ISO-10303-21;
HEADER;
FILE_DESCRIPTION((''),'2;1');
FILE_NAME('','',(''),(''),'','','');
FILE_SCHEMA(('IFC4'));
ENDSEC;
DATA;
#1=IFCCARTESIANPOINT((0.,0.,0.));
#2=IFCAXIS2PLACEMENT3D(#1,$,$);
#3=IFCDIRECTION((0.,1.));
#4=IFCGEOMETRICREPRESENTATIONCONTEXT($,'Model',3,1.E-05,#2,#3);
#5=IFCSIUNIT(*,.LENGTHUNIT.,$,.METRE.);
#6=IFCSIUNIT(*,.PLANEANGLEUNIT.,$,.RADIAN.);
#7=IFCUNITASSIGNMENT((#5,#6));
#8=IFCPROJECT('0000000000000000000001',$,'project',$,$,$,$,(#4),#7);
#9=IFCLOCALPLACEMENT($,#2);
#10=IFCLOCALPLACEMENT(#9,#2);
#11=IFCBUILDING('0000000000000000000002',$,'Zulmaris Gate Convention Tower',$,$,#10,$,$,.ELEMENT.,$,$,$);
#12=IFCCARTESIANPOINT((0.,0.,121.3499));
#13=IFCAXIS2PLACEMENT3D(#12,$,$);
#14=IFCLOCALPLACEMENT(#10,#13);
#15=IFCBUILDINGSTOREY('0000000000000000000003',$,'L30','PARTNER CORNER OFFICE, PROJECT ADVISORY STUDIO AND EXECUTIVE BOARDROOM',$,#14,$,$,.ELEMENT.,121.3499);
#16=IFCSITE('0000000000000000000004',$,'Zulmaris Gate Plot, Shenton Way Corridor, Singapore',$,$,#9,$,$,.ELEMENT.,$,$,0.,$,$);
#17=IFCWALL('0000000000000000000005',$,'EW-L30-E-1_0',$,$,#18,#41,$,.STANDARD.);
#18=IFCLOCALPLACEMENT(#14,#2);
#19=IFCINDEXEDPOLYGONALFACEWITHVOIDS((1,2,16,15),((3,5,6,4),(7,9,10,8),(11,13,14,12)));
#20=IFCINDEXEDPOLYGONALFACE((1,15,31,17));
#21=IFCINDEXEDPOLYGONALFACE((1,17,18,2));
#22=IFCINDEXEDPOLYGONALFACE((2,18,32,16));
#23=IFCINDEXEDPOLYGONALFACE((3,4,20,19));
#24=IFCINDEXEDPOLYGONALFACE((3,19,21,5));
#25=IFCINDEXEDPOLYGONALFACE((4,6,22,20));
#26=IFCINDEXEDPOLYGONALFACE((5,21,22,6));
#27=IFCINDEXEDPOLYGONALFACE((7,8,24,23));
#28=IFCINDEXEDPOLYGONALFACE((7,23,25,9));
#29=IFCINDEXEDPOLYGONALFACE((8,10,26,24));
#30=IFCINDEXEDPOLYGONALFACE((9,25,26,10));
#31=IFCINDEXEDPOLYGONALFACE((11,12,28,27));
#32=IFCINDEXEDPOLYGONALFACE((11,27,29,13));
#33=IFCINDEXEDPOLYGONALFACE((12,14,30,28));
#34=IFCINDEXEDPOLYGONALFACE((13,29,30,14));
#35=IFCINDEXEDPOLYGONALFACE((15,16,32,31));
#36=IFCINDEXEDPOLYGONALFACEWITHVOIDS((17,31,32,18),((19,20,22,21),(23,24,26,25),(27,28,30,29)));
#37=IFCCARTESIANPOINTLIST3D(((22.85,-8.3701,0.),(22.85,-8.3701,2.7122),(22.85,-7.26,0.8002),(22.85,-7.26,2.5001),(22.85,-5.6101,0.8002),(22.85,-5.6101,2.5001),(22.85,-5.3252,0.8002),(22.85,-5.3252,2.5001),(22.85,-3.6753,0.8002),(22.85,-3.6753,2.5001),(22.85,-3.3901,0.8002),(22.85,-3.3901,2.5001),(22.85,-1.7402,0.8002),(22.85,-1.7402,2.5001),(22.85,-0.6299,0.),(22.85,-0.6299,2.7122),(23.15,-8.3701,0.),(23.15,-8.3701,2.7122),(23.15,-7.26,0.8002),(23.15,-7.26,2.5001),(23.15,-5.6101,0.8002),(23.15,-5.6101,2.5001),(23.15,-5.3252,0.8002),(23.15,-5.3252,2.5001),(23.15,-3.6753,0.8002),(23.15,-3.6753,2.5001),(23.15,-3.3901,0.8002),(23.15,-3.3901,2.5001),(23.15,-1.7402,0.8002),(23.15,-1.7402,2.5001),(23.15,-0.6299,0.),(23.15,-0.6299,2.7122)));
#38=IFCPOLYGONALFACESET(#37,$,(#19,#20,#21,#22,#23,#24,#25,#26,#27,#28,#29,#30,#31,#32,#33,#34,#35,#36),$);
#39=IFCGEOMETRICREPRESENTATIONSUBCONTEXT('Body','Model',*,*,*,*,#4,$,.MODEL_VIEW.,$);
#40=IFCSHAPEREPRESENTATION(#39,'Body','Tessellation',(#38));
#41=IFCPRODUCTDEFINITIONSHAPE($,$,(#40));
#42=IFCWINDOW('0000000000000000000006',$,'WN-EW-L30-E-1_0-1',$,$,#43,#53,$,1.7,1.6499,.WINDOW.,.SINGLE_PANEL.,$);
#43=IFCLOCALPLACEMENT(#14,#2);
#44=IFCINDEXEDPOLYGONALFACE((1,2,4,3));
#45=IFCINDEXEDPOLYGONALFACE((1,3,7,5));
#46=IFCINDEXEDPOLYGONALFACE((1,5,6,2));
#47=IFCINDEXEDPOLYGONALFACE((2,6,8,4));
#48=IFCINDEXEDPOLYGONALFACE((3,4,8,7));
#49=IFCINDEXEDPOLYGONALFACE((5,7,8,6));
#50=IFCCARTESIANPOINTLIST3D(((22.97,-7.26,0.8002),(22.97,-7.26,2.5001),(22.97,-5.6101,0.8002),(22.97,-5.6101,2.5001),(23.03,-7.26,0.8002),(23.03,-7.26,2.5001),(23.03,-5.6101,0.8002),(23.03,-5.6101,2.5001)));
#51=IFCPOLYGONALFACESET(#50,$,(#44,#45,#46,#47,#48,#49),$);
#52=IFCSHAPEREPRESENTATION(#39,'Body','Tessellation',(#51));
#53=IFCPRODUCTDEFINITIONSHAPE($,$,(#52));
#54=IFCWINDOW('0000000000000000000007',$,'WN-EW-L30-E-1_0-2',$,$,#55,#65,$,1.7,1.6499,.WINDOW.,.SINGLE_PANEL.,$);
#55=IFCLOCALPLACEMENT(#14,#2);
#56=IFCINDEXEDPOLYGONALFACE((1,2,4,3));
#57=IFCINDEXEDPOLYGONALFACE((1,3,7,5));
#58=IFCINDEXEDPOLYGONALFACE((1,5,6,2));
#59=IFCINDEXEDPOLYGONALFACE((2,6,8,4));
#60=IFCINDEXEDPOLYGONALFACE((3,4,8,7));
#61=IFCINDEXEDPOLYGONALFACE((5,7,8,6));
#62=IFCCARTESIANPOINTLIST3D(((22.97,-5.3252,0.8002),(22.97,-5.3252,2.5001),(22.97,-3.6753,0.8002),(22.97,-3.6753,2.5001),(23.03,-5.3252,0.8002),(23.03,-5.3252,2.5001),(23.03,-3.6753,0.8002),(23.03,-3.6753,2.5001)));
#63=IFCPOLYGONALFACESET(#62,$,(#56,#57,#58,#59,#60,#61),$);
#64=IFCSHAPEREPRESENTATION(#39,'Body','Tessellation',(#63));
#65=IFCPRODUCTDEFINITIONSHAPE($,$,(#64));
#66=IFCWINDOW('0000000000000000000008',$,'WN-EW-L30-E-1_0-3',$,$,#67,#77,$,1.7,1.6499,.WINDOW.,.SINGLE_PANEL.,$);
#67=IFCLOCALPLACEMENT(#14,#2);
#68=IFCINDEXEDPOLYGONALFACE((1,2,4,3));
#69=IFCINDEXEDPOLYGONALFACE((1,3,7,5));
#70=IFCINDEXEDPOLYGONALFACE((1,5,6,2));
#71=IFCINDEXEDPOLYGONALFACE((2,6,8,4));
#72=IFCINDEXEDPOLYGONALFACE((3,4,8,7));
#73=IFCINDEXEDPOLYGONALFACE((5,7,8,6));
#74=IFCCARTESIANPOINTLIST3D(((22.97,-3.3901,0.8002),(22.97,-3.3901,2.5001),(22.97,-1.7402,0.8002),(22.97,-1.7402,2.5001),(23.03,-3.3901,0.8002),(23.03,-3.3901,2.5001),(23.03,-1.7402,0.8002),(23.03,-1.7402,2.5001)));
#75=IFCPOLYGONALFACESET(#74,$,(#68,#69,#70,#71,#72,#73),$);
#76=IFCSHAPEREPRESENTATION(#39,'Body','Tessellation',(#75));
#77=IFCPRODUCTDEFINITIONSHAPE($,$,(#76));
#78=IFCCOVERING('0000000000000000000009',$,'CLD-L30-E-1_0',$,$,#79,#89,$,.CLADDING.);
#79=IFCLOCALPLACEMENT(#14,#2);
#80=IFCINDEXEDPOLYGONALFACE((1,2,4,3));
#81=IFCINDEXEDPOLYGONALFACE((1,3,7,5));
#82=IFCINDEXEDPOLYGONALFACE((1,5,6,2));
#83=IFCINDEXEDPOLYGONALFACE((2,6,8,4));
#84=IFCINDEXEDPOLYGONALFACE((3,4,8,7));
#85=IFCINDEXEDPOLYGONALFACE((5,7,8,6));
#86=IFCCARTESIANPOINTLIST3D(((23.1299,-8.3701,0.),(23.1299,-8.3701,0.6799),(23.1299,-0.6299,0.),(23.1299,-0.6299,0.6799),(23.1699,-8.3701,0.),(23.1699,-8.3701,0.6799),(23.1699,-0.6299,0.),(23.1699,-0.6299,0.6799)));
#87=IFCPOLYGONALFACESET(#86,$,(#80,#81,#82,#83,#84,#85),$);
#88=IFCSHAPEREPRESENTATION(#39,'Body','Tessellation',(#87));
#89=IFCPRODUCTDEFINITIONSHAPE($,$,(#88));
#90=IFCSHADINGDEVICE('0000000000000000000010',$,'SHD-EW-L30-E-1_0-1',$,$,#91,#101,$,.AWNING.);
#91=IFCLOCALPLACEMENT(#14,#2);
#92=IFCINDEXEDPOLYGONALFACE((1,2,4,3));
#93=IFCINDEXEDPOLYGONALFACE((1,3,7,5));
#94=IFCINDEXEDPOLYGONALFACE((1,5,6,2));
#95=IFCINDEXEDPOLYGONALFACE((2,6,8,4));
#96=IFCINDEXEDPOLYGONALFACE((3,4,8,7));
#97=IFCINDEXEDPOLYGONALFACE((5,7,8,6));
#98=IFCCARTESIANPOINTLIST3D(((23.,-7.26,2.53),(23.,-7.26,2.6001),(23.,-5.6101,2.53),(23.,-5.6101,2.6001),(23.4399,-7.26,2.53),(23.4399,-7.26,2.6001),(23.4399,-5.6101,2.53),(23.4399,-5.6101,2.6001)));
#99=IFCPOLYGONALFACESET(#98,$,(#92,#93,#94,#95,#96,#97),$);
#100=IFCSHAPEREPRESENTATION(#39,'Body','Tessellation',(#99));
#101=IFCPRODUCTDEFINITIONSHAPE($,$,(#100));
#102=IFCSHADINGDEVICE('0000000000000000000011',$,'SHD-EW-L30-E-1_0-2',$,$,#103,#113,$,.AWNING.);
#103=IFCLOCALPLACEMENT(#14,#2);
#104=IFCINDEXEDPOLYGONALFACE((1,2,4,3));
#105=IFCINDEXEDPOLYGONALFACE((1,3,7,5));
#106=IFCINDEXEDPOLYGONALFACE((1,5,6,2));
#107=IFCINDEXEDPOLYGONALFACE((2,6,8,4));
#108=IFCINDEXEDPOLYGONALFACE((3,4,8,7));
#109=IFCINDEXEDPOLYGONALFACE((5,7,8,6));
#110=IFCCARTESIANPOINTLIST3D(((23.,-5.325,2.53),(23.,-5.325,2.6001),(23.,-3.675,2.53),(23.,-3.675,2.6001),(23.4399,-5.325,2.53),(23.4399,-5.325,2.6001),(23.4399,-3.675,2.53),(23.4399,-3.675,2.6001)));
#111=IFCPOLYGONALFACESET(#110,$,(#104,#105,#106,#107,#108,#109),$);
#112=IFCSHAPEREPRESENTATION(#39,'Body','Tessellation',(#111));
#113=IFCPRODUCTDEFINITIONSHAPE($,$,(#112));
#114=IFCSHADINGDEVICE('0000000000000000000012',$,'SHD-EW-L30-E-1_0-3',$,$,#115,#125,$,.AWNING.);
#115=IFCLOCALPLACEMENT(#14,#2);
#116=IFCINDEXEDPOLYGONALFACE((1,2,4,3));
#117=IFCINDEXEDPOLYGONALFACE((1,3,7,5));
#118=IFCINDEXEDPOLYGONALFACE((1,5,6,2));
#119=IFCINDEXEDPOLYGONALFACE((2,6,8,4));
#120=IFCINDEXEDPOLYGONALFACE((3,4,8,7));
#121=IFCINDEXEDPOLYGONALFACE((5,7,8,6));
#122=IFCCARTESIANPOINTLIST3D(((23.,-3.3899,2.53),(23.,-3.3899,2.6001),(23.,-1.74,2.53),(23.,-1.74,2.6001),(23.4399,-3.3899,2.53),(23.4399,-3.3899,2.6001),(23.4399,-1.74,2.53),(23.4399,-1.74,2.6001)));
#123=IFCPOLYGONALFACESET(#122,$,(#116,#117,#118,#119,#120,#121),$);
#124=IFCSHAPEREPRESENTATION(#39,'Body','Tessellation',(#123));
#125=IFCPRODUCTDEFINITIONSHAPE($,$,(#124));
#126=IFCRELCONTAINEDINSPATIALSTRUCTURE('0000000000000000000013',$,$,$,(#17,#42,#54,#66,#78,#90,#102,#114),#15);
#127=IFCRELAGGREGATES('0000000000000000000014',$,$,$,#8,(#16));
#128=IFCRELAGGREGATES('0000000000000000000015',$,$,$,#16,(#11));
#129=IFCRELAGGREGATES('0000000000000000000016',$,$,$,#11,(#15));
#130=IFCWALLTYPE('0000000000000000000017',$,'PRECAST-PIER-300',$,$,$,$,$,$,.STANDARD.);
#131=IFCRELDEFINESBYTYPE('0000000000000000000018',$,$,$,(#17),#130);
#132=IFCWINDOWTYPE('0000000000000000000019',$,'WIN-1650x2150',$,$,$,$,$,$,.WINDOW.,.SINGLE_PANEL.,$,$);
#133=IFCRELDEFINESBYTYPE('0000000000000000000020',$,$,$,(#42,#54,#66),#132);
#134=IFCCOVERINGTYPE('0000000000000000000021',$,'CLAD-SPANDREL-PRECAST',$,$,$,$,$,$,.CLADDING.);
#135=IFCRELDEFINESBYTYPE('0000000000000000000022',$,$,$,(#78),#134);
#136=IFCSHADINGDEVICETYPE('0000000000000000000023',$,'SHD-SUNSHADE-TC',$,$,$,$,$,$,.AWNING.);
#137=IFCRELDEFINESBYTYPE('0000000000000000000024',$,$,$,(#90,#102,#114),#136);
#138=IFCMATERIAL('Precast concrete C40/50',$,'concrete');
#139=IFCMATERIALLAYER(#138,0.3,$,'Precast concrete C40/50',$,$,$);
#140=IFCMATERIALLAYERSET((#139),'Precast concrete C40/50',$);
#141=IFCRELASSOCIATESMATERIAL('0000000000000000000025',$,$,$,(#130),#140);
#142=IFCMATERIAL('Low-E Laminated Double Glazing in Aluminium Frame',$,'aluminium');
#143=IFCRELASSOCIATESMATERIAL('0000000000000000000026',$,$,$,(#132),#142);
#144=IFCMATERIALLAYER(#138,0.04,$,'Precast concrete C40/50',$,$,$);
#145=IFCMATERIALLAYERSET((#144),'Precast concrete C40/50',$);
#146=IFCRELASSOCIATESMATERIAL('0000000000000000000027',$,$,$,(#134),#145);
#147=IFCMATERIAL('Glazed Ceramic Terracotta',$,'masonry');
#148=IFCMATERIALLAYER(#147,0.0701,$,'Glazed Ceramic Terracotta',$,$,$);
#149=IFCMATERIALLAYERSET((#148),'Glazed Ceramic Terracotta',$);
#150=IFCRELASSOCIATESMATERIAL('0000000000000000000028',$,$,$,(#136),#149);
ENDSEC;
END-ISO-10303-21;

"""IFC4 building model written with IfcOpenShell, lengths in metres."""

from ifc_helpers import new_model, si_unit, direction, frame, frame_2d, origin, place, context, subcontext, project, spatial, rectangle, extrude, material, layer, layer_set, type_object, element, fill, save


model = new_model("IFC4")

# Units and contexts
model_context = context("Model", 3, precision=1e-05, world=origin(), true_north=direction((0.0, 1.0)))
body_context = subcontext(model_context, "Body", "Model", "MODEL_VIEW")
ifc_project = project(units=[si_unit("LENGTHUNIT", "METRE"), si_unit("PLANEANGLEUNIT", "RADIAN")], contexts=[model_context])

# Site, building, storey
site_placement = place(None, origin())
site = spatial("IfcSite", under=ifc_project, at=site_placement, Name="Zulmaris Gate Plot, Shenton Way Corridor, Singapore", CompositionType="ELEMENT", RefElevation=0.0)
building_placement = place(site_placement, origin())
building = spatial("IfcBuilding", under=site, at=building_placement, Name="Zulmaris Gate Convention Tower", CompositionType="ELEMENT")
storey_placement = place(building_placement, frame((0.0, 0.0, 121.3499)))
storey = spatial("IfcBuildingStorey", under=building, at=storey_placement, Name="L30", Description="PARTNER CORNER OFFICE, PROJECT ADVISORY STUDIO AND EXECUTIVE BOARDROOM", CompositionType="ELEMENT", Elevation=121.3499)

# Wall, openings, windows
ifc_material_1 = material(Name="Precast concrete C40/50", Category="concrete")
ifc_layer_1 = layer(ifc_material_1, 0.3, Name="Precast concrete C40/50")
ifc_layer_set_1 = layer_set([ifc_layer_1], Name="Precast concrete C40/50")
wall_type_1 = type_object("IfcWallType", Name="PRECAST-PIER-300", PredefinedType="STANDARD", material=ifc_layer_set_1)
wall_1_placement = place(storey_placement, frame((23.0, -8.3701, 0.0), z_axis=(0.0, 0.0, 1.0), x_axis=(0.0, 1.0, 0.0)))
wall_1 = element("IfcWall", 1, at=wall_1_placement, inside=storey, type_object=wall_type_1, Name="EW-L30-E-1_0", PredefinedType="STANDARD", context=body_context, shape_type="SweptSolid", body=[
    extrude(rectangle(XDim=7.7402, YDim=0.3, at=frame_2d((3.8701, 0.0))), origin(), (0.0, 0.0, 1.0), 2.7122),
])
opening_1_placement = place(wall_1_placement, frame((1.1101, 0.0, 0.8)))
opening_1 = element("IfcOpeningElement", 2, at=opening_1_placement, cuts=wall_1, PredefinedType="OPENING", context=body_context, shape_type="SweptSolid", body=[
    extrude(rectangle(XDim=1.6499, YDim=1.7, at=frame_2d((0.825, 0.8501))), frame((0.0, 0.1602, 0.0), z_axis=(0.0, -1.0, 0.0), x_axis=(1.0, 0.0, 0.0)), (0.0, 0.0, 1.0), 0.3201),
])
opening_2_placement = place(wall_1_placement, frame((3.0449, 0.0, 0.8)))
opening_2 = element("IfcOpeningElement", 3, at=opening_2_placement, cuts=wall_1, PredefinedType="OPENING", context=body_context, shape_type="SweptSolid", body=[
    extrude(rectangle(XDim=1.6499, YDim=1.7, at=frame_2d((0.825, 0.8501))), frame((0.0, 0.1602, 0.0), z_axis=(0.0, -1.0, 0.0), x_axis=(1.0, 0.0, 0.0)), (0.0, 0.0, 1.0), 0.3201),
])
opening_3_placement = place(wall_1_placement, frame((4.98, 0.0, 0.8)))
opening_3 = element("IfcOpeningElement", 4, at=opening_3_placement, cuts=wall_1, PredefinedType="OPENING", context=body_context, shape_type="SweptSolid", body=[
    extrude(rectangle(XDim=1.6499, YDim=1.7, at=frame_2d((0.825, 0.8501))), frame((0.0, 0.1602, 0.0), z_axis=(0.0, -1.0, 0.0), x_axis=(1.0, 0.0, 0.0)), (0.0, 0.0, 1.0), 0.3201),
])
ifc_material_2 = material(Name="Low-E Laminated Double Glazing in Aluminium Frame", Category="aluminium")
window_type = type_object("IfcWindowType", Name="WIN-1650x2150", PartitioningType="SINGLE_PANEL", PredefinedType="WINDOW", material=ifc_material_2)
window_1_placement = place(opening_1_placement, origin())
window_1 = element("IfcWindow", 5, at=window_1_placement, inside=storey, type_object=window_type, Name="WN-EW-L30-E-1_0-1", OverallHeight=1.7, OverallWidth=1.6499, PartitioningType="SINGLE_PANEL", PredefinedType="WINDOW", context=body_context, shape_type="SweptSolid", body=[
    extrude(rectangle(XDim=1.6499, YDim=1.7, at=frame_2d((0.825, 0.8501))), frame((0.0, 0.03, 0.0), z_axis=(0.0, -1.0, 0.0), x_axis=(1.0, 0.0, 0.0)), (0.0, 0.0, 1.0), 0.0601),
])
fill(opening_1, window_1)
window_2_placement = place(opening_2_placement, origin())
window_2 = element("IfcWindow", 6, at=window_2_placement, inside=storey, type_object=window_type, Name="WN-EW-L30-E-1_0-2", OverallHeight=1.7, OverallWidth=1.6499, PartitioningType="SINGLE_PANEL", PredefinedType="WINDOW", context=body_context, shape_type="SweptSolid", body=[
    extrude(rectangle(XDim=1.6499, YDim=1.7, at=frame_2d((0.825, 0.8501))), frame((0.0, 0.03, 0.0), z_axis=(0.0, -1.0, 0.0), x_axis=(1.0, 0.0, 0.0)), (0.0, 0.0, 1.0), 0.0601),
])
fill(opening_2, window_2)
window_3_placement = place(opening_3_placement, origin())
window_3 = element("IfcWindow", 7, at=window_3_placement, inside=storey, type_object=window_type, Name="WN-EW-L30-E-1_0-3", OverallHeight=1.7, OverallWidth=1.6499, PartitioningType="SINGLE_PANEL", PredefinedType="WINDOW", context=body_context, shape_type="SweptSolid", body=[
    extrude(rectangle(XDim=1.6499, YDim=1.7, at=frame_2d((0.825, 0.8501))), frame((0.0, 0.03, 0.0), z_axis=(0.0, -1.0, 0.0), x_axis=(1.0, 0.0, 0.0)), (0.0, 0.0, 1.0), 0.0601),
])
fill(opening_3, window_3)

# Covering
ifc_layer_2 = layer(ifc_material_1, 0.04, Name="Precast concrete C40/50")
ifc_layer_set_2 = layer_set([ifc_layer_2], Name="Precast concrete C40/50")
covering_type = type_object("IfcCoveringType", Name="CLAD-SPANDREL-PRECAST", PredefinedType="CLADDING", material=ifc_layer_set_2)
covering_placement = place(storey_placement, frame((23.1499, -8.3701, 0.0), z_axis=(0.0, 0.0, 1.0), x_axis=(0.0, 1.0, 0.0)))
element("IfcCovering", 8, at=covering_placement, inside=storey, type_object=covering_type, Name="CLD-L30-E-1_0", PredefinedType="CLADDING", context=body_context, shape_type="SweptSolid", body=[
    extrude(rectangle(XDim=7.7402, YDim=0.04, at=frame_2d((3.8701, 0.0))), origin(), (0.0, 0.0, 1.0), 0.6799),
])

# Shading devices
ifc_material_3 = material(Name="Glazed Ceramic Terracotta", Category="masonry")
ifc_layer_3 = layer(ifc_material_3, 0.0701, Name="Glazed Ceramic Terracotta")
ifc_layer_set_3 = layer_set([ifc_layer_3], Name="Glazed Ceramic Terracotta")
shading_device_type = type_object("IfcShadingDeviceType", Name="SHD-SUNSHADE-TC", PredefinedType="AWNING", material=ifc_layer_set_3)
for number, where, z_axis, x_axis, name in (
    (9, (23.22, -7.26, 2.53), (0.0, 0.0, 1.0), (0.0, 1.0, 0.0), "SHD-EW-L30-E-1_0-1"),
    (10, (23.22, -5.325, 2.53), (0.0, 0.0, 1.0), (0.0, 1.0, 0.0), "SHD-EW-L30-E-1_0-2"),
    (11, (23.22, -3.3899, 2.53), (0.0, 0.0, 1.0), (0.0, 1.0, 0.0), "SHD-EW-L30-E-1_0-3"),
):
    element("IfcShadingDevice", number, at=place(storey_placement, frame(where, z_axis=z_axis, x_axis=x_axis)), inside=storey, type_object=shading_device_type, Name=name, PredefinedType="AWNING", context=body_context, shape_type="SweptSolid", body=[
        extrude(rectangle(XDim=1.6499, YDim=0.4399, at=frame_2d((0.825, 0.0))), origin(), (0.0, 0.0, 1.0), 0.0701),
    ])

save(model, "model.ifc")
